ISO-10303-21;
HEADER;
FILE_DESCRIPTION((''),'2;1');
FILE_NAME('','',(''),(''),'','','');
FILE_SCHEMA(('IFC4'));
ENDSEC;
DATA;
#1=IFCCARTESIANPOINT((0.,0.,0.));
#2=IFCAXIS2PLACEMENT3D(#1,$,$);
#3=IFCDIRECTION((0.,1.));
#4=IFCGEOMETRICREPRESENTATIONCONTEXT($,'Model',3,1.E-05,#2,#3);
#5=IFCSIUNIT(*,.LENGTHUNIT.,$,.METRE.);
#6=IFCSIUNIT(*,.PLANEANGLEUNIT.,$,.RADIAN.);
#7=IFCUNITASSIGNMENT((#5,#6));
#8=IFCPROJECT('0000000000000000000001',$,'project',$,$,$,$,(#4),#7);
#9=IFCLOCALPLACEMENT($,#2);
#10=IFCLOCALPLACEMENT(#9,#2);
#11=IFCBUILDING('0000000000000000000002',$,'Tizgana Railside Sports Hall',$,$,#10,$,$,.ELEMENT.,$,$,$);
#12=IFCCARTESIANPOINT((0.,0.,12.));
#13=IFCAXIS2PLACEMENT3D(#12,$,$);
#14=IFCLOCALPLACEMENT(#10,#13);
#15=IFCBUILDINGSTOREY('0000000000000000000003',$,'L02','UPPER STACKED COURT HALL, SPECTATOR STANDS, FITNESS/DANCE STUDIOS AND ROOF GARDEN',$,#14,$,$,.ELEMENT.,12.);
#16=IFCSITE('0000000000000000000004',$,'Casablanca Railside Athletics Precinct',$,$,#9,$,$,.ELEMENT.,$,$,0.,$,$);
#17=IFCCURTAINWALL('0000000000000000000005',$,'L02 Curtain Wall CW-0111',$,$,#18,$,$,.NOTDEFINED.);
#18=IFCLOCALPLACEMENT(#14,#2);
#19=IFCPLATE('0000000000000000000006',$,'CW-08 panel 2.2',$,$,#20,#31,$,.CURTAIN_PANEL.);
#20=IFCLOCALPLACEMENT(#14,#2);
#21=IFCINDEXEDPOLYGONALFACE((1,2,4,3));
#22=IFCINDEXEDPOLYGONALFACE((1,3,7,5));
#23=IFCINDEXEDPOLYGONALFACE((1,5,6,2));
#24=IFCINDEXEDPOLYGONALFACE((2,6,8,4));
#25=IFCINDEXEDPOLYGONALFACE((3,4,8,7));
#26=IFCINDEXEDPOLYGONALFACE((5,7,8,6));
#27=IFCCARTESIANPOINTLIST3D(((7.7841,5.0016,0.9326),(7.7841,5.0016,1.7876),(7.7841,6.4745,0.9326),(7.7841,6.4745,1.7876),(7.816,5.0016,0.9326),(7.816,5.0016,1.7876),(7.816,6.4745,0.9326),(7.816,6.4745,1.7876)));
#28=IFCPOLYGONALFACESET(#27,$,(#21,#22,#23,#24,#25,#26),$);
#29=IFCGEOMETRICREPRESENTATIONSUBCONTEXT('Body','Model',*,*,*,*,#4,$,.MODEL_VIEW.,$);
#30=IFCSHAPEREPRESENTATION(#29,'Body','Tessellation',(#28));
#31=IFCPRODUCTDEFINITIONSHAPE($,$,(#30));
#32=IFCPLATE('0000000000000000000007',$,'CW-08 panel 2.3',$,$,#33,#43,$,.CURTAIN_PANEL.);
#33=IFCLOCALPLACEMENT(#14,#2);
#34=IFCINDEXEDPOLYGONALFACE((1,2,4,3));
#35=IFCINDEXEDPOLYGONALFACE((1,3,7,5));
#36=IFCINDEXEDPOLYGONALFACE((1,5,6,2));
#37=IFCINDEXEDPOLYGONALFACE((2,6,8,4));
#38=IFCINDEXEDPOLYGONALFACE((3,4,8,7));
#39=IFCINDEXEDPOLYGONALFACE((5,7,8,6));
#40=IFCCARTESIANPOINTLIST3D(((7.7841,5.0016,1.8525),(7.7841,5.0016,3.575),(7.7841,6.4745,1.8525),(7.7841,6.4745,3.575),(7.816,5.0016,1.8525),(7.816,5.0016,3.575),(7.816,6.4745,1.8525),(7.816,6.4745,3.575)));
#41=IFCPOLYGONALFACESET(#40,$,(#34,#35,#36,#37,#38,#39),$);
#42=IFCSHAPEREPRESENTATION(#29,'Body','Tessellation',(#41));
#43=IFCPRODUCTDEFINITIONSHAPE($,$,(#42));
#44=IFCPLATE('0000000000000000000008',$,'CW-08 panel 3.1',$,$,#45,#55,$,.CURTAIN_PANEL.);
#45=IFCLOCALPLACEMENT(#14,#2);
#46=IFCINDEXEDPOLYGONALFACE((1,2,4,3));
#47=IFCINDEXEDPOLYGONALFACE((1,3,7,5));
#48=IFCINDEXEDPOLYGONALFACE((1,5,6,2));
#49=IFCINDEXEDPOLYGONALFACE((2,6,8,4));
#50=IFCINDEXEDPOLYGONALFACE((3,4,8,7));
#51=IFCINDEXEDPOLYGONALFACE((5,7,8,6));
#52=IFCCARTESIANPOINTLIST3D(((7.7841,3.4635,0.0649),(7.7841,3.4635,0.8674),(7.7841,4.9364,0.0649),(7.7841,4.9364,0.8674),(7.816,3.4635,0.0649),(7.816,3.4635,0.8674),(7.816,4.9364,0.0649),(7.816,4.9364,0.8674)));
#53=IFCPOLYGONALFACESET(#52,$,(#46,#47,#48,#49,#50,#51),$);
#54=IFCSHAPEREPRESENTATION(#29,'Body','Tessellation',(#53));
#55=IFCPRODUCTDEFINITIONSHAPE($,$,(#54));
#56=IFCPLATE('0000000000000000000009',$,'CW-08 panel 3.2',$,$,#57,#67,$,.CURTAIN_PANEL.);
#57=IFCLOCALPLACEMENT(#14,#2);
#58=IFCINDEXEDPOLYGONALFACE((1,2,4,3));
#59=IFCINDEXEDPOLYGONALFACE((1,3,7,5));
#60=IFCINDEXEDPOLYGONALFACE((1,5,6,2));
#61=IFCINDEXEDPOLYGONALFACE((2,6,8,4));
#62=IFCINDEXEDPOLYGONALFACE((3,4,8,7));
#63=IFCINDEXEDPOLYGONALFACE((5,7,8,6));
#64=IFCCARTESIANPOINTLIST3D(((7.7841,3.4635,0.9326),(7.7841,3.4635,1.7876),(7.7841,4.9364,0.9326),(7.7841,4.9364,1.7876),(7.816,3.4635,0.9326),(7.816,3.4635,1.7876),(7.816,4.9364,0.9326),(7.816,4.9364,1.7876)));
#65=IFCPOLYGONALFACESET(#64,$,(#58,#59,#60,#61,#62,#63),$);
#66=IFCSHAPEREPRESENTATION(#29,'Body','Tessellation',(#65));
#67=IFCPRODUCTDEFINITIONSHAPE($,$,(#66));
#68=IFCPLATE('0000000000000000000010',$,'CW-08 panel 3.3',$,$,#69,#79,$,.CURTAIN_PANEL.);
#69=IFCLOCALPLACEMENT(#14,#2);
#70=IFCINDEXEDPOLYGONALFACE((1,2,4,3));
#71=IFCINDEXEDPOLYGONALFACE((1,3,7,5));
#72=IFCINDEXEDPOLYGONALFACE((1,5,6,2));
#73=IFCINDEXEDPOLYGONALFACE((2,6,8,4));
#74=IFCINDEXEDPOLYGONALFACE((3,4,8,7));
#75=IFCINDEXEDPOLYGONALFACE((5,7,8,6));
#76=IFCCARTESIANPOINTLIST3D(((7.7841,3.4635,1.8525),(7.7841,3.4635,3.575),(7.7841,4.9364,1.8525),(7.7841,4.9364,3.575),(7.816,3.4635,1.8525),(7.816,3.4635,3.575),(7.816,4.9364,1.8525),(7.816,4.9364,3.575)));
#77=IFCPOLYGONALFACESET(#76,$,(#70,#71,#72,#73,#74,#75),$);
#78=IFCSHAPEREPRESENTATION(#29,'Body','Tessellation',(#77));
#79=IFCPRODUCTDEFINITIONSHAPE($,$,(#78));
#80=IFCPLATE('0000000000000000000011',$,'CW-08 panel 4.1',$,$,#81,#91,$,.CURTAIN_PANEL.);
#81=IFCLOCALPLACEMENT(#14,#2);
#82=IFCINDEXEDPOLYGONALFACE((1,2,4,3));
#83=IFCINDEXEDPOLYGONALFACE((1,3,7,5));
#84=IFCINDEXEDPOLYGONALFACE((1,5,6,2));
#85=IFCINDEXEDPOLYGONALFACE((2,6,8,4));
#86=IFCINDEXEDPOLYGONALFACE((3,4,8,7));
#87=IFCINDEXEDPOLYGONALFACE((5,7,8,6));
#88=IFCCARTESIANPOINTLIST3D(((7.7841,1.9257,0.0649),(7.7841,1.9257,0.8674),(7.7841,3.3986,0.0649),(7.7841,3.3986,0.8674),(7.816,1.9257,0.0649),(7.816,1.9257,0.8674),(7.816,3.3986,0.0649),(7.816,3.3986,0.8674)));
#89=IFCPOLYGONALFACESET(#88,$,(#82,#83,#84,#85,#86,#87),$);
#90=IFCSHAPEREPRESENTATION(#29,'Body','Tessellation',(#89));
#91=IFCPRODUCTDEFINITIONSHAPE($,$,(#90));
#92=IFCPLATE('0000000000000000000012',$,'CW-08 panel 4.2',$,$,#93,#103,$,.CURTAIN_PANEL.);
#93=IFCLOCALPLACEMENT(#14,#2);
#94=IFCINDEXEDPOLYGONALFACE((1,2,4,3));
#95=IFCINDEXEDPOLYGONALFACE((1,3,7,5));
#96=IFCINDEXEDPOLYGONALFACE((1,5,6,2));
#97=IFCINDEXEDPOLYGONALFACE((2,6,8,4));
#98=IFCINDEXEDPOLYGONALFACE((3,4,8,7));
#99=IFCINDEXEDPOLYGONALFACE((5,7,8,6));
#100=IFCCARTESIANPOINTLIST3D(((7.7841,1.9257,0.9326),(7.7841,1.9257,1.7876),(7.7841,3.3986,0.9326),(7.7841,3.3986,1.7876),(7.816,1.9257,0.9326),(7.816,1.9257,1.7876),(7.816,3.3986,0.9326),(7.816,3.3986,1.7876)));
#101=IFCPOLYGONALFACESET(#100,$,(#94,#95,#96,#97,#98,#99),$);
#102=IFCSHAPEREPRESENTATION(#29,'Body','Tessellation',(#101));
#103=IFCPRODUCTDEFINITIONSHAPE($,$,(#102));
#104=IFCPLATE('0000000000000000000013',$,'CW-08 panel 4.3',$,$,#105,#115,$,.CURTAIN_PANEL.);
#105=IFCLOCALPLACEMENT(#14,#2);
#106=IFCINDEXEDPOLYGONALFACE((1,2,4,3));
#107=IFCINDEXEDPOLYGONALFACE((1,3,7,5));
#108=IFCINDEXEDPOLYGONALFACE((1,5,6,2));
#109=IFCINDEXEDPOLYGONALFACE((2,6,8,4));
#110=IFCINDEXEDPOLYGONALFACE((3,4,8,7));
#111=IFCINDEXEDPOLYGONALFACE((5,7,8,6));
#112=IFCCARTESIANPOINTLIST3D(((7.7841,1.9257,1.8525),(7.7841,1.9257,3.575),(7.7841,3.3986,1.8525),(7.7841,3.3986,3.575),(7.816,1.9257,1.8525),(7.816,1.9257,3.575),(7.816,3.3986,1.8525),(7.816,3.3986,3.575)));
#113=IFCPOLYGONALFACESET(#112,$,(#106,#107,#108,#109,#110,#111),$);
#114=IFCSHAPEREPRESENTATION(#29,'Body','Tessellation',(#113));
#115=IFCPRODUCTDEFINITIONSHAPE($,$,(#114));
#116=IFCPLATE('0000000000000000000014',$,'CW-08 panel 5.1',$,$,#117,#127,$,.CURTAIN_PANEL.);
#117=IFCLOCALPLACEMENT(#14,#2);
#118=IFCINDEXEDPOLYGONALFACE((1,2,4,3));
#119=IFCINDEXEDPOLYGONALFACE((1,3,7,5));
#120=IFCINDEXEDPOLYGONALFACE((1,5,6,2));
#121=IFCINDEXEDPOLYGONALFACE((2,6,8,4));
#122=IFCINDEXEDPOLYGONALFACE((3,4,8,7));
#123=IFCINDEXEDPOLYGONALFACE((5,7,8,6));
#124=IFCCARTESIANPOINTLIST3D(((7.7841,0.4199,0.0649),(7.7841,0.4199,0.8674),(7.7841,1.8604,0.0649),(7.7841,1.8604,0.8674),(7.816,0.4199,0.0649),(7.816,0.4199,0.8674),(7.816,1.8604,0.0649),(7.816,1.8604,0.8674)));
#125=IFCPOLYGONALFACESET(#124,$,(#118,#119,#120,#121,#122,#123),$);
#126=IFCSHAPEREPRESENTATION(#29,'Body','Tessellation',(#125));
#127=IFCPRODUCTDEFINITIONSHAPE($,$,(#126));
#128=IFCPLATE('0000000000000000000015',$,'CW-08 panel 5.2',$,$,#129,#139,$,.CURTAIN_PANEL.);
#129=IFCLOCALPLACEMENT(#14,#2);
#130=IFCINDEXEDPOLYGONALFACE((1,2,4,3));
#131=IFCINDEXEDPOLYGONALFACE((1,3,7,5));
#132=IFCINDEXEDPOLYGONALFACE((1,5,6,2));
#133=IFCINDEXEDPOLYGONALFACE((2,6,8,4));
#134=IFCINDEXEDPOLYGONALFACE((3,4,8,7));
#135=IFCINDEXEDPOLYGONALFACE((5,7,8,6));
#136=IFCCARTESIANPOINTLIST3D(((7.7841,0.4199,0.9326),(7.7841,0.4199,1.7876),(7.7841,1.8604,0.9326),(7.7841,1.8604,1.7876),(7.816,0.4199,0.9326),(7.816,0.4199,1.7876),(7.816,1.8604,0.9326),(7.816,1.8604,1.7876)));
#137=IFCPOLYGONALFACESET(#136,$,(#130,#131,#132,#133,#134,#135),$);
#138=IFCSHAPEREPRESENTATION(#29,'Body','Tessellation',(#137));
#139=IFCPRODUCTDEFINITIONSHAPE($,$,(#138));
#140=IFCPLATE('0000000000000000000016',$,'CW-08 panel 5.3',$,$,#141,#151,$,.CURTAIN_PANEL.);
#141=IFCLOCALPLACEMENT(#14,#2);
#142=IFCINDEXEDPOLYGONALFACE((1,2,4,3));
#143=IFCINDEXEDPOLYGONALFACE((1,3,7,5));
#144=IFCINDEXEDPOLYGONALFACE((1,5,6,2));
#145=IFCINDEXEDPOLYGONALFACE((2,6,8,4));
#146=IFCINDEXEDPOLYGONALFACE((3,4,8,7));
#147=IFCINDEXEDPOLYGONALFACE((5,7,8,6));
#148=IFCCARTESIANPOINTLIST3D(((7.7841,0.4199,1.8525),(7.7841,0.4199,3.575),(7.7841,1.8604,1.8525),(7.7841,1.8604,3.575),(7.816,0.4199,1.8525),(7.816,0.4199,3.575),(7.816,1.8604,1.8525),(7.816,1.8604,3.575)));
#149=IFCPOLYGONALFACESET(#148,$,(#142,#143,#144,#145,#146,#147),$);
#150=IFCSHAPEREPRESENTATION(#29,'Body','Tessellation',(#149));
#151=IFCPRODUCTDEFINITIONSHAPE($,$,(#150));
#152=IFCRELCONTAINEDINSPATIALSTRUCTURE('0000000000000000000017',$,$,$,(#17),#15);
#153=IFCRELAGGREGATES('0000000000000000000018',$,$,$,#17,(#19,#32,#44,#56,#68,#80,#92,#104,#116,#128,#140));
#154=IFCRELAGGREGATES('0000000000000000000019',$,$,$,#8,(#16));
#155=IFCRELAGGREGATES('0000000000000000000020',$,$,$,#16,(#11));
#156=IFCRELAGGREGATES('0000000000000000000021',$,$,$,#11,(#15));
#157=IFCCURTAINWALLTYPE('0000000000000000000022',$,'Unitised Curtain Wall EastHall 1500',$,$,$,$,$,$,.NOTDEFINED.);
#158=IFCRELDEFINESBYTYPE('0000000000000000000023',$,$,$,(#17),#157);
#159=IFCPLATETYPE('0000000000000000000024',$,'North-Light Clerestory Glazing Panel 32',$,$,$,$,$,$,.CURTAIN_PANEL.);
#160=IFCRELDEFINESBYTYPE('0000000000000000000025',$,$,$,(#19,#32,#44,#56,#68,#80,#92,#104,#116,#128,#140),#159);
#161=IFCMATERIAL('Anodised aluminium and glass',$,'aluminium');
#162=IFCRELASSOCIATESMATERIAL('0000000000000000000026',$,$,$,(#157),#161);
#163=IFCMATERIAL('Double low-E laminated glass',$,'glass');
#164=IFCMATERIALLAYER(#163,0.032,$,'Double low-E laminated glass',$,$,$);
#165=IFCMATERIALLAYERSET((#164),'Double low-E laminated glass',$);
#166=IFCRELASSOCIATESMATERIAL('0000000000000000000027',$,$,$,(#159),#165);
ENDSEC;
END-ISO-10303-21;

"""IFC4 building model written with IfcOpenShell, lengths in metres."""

from ifc_helpers import new_model, si_unit, direction, frame, origin, origin_2d, place, context, subcontext, project, spatial, rectangle, extrude, material, layer, layer_set, type_object, element, aggregate, save


model = new_model("IFC4")

# Units and contexts
model_context = context("Model", 3, precision=1e-05, world=origin(), true_north=direction((0.0, 1.0)))
body_context = subcontext(model_context, "Body", "Model", "MODEL_VIEW")
ifc_project = project(units=[si_unit("LENGTHUNIT", "METRE"), si_unit("PLANEANGLEUNIT", "RADIAN")], contexts=[model_context])

# Site, building, storey
site_placement = place(None, origin())
site = spatial("IfcSite", under=ifc_project, at=site_placement, Name="Casablanca Railside Athletics Precinct", CompositionType="ELEMENT", RefElevation=0.0)
building_placement = place(site_placement, origin())
building = spatial("IfcBuilding", under=site, at=building_placement, Name="Tizgana Railside Sports Hall", CompositionType="ELEMENT")
storey_placement = place(building_placement, frame((0.0, 0.0, 12.0)))
storey = spatial("IfcBuildingStorey", under=building, at=storey_placement, Name="L02", Description="UPPER STACKED COURT HALL, SPECTATOR STANDS, FITNESS/DANCE STUDIOS AND ROOF GARDEN", CompositionType="ELEMENT", Elevation=12.0)

# Curtain wall
ifc_material_1 = material(Name="Anodised aluminium and glass", Category="aluminium")
curtain_wall_type = type_object("IfcCurtainWallType", Name="Unitised Curtain Wall EastHall 1500", PredefinedType="NOTDEFINED", material=ifc_material_1)
curtain_wall_placement = place(storey_placement, origin())
curtain_wall = element("IfcCurtainWall", 1, at=curtain_wall_placement, inside=storey, type_object=curtain_wall_type, Name="L02 Curtain Wall CW-0111", PredefinedType="NOTDEFINED")

# Plates
ifc_material_2 = material(Name="Double low-E laminated glass", Category="glass")
ifc_layer = layer(ifc_material_2, 0.032, Name="Double low-E laminated glass")
ifc_layer_set = layer_set([ifc_layer], Name="Double low-E laminated glass")
plate_type = type_object("IfcPlateType", Name="North-Light Clerestory Glazing Panel 32", PredefinedType="CURTAIN_PANEL", material=ifc_layer_set)
plate_1_placement = place(storey_placement, frame((7.8, 5.738, 0.9326), z_axis=(0.0, 0.0, 1.0), x_axis=(0.0, -1.0, 0.0)))
plate_1 = element("IfcPlate", 2, at=plate_1_placement, type_object=plate_type, Name="CW-08 panel 2.2", PredefinedType="CURTAIN_PANEL", context=body_context, shape_type="SweptSolid", body=[
    extrude(rectangle(XDim=1.4729, YDim=0.032, at=origin_2d()), origin(), (0.0, 0.0, 1.0), 0.855),
])
plate_2_placement = place(storey_placement, frame((7.8, 5.738, 1.8525), z_axis=(0.0, 0.0, 1.0), x_axis=(0.0, -1.0, 0.0)))
plate_2 = element("IfcPlate", 3, at=plate_2_placement, type_object=plate_type, Name="CW-08 panel 2.3", PredefinedType="CURTAIN_PANEL", context=body_context, shape_type="SweptSolid", body=[
    extrude(rectangle(XDim=1.4729, YDim=0.032, at=origin_2d()), origin(), (0.0, 0.0, 1.0), 1.7224),
])
plate_3_placement = place(storey_placement, frame((7.8, 4.2, 0.0649), z_axis=(0.0, 0.0, 1.0), x_axis=(0.0, -1.0, 0.0)))
plate_3 = element("IfcPlate", 4, at=plate_3_placement, type_object=plate_type, Name="CW-08 panel 3.1", PredefinedType="CURTAIN_PANEL", context=body_context, shape_type="SweptSolid", body=[
    extrude(rectangle(XDim=1.4729, YDim=0.032, at=origin_2d()), origin(), (0.0, 0.0, 1.0), 0.8025),
])
plate_4_placement = place(storey_placement, frame((7.8, 4.2, 0.9326), z_axis=(0.0, 0.0, 1.0), x_axis=(0.0, -1.0, 0.0)))
plate_4 = element("IfcPlate", 5, at=plate_4_placement, type_object=plate_type, Name="CW-08 panel 3.2", PredefinedType="CURTAIN_PANEL", context=body_context, shape_type="SweptSolid", body=[
    extrude(rectangle(XDim=1.4729, YDim=0.032, at=origin_2d()), origin(), (0.0, 0.0, 1.0), 0.855),
])
plate_5_placement = place(storey_placement, frame((7.8, 4.2, 1.8525), z_axis=(0.0, 0.0, 1.0), x_axis=(0.0, -1.0, 0.0)))
plate_5 = element("IfcPlate", 6, at=plate_5_placement, type_object=plate_type, Name="CW-08 panel 3.3", PredefinedType="CURTAIN_PANEL", context=body_context, shape_type="SweptSolid", body=[
    extrude(rectangle(XDim=1.4729, YDim=0.032, at=origin_2d()), origin(), (0.0, 0.0, 1.0), 1.7224),
])
plate_6_placement = place(storey_placement, frame((7.8, 2.6621, 0.0649), z_axis=(0.0, 0.0, 1.0), x_axis=(0.0, -1.0, 0.0)))
plate_6 = element("IfcPlate", 7, at=plate_6_placement, type_object=plate_type, Name="CW-08 panel 4.1", PredefinedType="CURTAIN_PANEL", context=body_context, shape_type="SweptSolid", body=[
    extrude(rectangle(XDim=1.4729, YDim=0.032, at=origin_2d()), origin(), (0.0, 0.0, 1.0), 0.8025),
])
plate_7_placement = place(storey_placement, frame((7.8, 2.6621, 0.9326), z_axis=(0.0, 0.0, 1.0), x_axis=(0.0, -1.0, 0.0)))
plate_7 = element("IfcPlate", 8, at=plate_7_placement, type_object=plate_type, Name="CW-08 panel 4.2", PredefinedType="CURTAIN_PANEL", context=body_context, shape_type="SweptSolid", body=[
    extrude(rectangle(XDim=1.4729, YDim=0.032, at=origin_2d()), origin(), (0.0, 0.0, 1.0), 0.855),
])
plate_8_placement = place(storey_placement, frame((7.8, 2.6621, 1.8525), z_axis=(0.0, 0.0, 1.0), x_axis=(0.0, -1.0, 0.0)))
plate_8 = element("IfcPlate", 9, at=plate_8_placement, type_object=plate_type, Name="CW-08 panel 4.3", PredefinedType="CURTAIN_PANEL", context=body_context, shape_type="SweptSolid", body=[
    extrude(rectangle(XDim=1.4729, YDim=0.032, at=origin_2d()), origin(), (0.0, 0.0, 1.0), 1.7224),
])
plate_9_placement = place(storey_placement, frame((7.8, 1.1401, 0.0649), z_axis=(0.0, 0.0, 1.0), x_axis=(0.0, -1.0, 0.0)))
plate_9 = element("IfcPlate", 10, at=plate_9_placement, type_object=plate_type, Name="CW-08 panel 5.1", PredefinedType="CURTAIN_PANEL", context=body_context, shape_type="SweptSolid", body=[
    extrude(rectangle(XDim=1.4404, YDim=0.032, at=origin_2d()), origin(), (0.0, 0.0, 1.0), 0.8025),
])
plate_10_placement = place(storey_placement, frame((7.8, 1.1401, 0.9326), z_axis=(0.0, 0.0, 1.0), x_axis=(0.0, -1.0, 0.0)))
plate_10 = element("IfcPlate", 11, at=plate_10_placement, type_object=plate_type, Name="CW-08 panel 5.2", PredefinedType="CURTAIN_PANEL", context=body_context, shape_type="SweptSolid", body=[
    extrude(rectangle(XDim=1.4404, YDim=0.032, at=origin_2d()), origin(), (0.0, 0.0, 1.0), 0.855),
])
plate_11_placement = place(storey_placement, frame((7.8, 1.1401, 1.8525), z_axis=(0.0, 0.0, 1.0), x_axis=(0.0, -1.0, 0.0)))
plate_11 = element("IfcPlate", 12, at=plate_11_placement, type_object=plate_type, Name="CW-08 panel 5.3", PredefinedType="CURTAIN_PANEL", context=body_context, shape_type="SweptSolid", body=[
    extrude(rectangle(XDim=1.4404, YDim=0.032, at=origin_2d()), origin(), (0.0, 0.0, 1.0), 1.7224),
])
aggregate(curtain_wall, [plate_1, plate_2, plate_3, plate_4, plate_5, plate_6, plate_7, plate_8, plate_9, plate_10, plate_11])

save(model, "model.ifc")
